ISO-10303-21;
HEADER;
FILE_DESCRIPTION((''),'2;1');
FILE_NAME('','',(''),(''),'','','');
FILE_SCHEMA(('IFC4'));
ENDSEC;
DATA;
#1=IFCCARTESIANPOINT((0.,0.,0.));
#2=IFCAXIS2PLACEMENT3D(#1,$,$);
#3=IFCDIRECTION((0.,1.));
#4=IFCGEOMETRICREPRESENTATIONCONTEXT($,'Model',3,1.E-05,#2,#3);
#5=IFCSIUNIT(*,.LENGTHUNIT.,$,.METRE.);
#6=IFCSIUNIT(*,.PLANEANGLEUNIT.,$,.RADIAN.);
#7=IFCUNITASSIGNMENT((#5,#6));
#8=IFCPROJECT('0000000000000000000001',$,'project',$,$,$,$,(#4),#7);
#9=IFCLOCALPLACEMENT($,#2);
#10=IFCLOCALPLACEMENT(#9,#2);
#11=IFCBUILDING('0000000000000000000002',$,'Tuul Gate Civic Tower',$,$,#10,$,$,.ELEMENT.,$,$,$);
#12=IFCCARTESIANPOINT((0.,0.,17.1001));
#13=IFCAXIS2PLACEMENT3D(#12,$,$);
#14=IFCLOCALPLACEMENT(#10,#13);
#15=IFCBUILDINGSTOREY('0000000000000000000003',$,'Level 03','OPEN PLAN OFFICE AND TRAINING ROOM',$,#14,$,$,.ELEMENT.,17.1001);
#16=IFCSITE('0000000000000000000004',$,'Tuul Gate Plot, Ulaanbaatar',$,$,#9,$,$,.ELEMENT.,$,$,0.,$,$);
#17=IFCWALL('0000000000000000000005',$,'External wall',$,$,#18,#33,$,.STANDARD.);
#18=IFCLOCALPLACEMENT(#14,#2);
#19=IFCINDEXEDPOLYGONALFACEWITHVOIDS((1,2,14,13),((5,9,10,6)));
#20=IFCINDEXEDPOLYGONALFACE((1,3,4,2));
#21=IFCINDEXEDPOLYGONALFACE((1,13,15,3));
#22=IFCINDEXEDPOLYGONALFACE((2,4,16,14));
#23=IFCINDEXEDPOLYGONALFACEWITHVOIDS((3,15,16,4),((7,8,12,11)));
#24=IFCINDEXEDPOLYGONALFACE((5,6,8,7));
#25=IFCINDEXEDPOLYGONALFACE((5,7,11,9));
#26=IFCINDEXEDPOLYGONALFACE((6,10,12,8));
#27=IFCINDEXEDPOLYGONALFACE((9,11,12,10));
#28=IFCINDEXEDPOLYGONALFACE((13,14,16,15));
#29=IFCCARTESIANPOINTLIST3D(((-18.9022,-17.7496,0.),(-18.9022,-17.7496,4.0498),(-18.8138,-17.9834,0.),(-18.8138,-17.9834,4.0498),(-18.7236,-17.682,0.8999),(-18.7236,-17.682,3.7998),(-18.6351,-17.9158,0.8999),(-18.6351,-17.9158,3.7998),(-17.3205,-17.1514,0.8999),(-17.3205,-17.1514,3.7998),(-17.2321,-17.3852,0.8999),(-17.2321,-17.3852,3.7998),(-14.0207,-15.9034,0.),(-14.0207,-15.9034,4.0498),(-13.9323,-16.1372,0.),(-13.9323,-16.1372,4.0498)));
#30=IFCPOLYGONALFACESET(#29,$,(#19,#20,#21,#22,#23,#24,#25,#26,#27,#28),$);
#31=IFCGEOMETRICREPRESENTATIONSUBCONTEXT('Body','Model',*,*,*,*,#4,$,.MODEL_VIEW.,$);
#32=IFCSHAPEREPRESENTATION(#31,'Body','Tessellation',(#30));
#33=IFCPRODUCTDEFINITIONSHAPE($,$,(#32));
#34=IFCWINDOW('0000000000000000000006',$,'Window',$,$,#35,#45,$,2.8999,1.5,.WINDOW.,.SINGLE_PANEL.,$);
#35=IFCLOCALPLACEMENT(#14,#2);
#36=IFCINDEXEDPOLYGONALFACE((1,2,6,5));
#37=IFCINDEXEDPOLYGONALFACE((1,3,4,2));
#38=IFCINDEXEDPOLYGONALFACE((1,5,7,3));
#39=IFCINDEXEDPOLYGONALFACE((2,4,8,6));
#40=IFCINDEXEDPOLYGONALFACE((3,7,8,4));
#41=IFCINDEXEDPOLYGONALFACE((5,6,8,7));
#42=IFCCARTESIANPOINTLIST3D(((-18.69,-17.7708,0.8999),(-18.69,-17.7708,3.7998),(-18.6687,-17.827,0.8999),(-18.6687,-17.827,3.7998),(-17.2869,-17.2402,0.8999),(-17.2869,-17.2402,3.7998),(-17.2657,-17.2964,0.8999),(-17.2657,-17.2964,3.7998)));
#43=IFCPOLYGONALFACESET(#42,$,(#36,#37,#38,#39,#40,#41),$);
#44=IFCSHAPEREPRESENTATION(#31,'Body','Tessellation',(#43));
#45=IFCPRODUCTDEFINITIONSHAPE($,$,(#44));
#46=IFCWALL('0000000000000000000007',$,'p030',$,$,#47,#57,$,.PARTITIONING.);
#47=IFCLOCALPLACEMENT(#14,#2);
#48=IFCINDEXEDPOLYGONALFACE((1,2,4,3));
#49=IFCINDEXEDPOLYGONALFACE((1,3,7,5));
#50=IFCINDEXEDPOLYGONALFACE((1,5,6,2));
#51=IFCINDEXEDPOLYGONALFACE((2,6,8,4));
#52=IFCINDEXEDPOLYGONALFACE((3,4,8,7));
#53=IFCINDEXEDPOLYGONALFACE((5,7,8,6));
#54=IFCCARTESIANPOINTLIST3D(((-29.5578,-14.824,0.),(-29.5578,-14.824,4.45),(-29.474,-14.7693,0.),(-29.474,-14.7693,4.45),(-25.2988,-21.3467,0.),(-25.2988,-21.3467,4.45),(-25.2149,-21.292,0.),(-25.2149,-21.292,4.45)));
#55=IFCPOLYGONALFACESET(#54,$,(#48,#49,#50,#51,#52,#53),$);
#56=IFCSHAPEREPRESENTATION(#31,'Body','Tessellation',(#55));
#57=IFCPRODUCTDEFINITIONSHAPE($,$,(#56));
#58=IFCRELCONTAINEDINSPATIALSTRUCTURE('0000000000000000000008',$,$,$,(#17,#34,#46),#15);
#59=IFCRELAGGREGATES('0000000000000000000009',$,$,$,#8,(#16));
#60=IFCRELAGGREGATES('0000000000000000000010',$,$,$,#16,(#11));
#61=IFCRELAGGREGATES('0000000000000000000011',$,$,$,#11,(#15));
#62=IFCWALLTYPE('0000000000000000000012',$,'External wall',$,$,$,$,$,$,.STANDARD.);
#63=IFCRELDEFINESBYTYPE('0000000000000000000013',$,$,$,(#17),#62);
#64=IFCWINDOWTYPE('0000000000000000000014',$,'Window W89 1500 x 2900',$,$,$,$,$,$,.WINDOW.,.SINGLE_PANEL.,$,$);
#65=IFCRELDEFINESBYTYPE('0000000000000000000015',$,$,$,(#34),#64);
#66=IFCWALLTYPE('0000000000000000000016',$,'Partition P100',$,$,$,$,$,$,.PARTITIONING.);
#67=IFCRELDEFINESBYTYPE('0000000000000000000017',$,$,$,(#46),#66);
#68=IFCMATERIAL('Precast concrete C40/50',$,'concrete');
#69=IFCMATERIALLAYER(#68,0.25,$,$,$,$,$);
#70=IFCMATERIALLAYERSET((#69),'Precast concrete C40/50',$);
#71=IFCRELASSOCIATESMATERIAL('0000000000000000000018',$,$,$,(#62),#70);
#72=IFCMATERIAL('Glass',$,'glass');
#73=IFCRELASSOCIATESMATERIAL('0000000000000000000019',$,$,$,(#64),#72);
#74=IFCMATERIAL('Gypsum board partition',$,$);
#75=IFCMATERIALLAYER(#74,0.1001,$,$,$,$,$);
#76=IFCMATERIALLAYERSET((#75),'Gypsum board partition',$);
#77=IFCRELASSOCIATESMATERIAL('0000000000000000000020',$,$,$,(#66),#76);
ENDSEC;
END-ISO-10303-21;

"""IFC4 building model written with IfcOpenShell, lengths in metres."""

from ifc_helpers import new_model, si_unit, direction, frame, frame_2d, origin, place, context, subcontext, project, spatial, rectangle, extrude, material, layer, layer_set, type_object, element, fill, save


model = new_model("IFC4")

# Units and contexts
model_context = context("Model", 3, precision=1e-05, world=origin(), true_north=direction((0.0, 1.0)))
body_context = subcontext(model_context, "Body", "Model", "MODEL_VIEW")
ifc_project = project(units=[si_unit("LENGTHUNIT", "METRE"), si_unit("PLANEANGLEUNIT", "RADIAN")], contexts=[model_context])

# Site, building, storey
site_placement = place(None, origin())
site = spatial("IfcSite", under=ifc_project, at=site_placement, Name="Tuul Gate Plot, Ulaanbaatar", CompositionType="ELEMENT", RefElevation=0.0)
building_placement = place(site_placement, origin())
building = spatial("IfcBuilding", under=site, at=building_placement, Name="Tuul Gate Civic Tower", CompositionType="ELEMENT")
storey_placement = place(building_placement, frame((0.0, 0.0, 17.1001)))
storey = spatial("IfcBuildingStorey", under=building, at=storey_placement, Name="Level 03", Description="OPEN PLAN OFFICE AND TRAINING ROOM", CompositionType="ELEMENT", Elevation=17.1001)

# Wall, opening, window
ifc_material_1 = material(Name="Precast concrete C40/50", Category="concrete")
ifc_layer_1 = layer(ifc_material_1, 0.25)
ifc_layer_set_1 = layer_set([ifc_layer_1], Name="Precast concrete C40/50")
wall_type_1 = type_object("IfcWallType", Name="External wall", PredefinedType="STANDARD", material=ifc_layer_set_1)
wall_1_placement = place(storey_placement, frame((-18.8579, -17.8665, 0.0), z_axis=(0.0, 0.0, 1.0), x_axis=(0.935343, 0.353742, 0.0)))
wall_1 = element("IfcWall", 1, at=wall_1_placement, inside=storey, type_object=wall_type_1, Name="External wall", PredefinedType="STANDARD", context=body_context, shape_type="SweptSolid", body=[
    extrude(rectangle(XDim=5.219, YDim=0.25, at=frame_2d((2.6094, 0.0))), origin(), (0.0, 0.0, 1.0), 4.0498),
])
opening_1_placement = place(wall_1_placement, frame((0.1909, 0.0, 0.8999)))
opening_1 = element("IfcOpeningElement", 2, at=opening_1_placement, cuts=wall_1, PredefinedType="OPENING", context=body_context, shape_type="SweptSolid", body=[
    extrude(rectangle(XDim=1.5, YDim=2.8999, at=frame_2d((0.75, 1.45))), frame((0.0, 0.135, 0.0), z_axis=(0.0, -1.0, 0.0), x_axis=(1.0, 0.0, 0.0)), (0.0, 0.0, 1.0), 0.27),
])
ifc_material_2 = material(Name="Glass", Category="glass")
window_type_1 = type_object("IfcWindowType", Name="Window W89 1500 x 2900", PartitioningType="SINGLE_PANEL", PredefinedType="WINDOW", material=ifc_material_2)
window_1_placement = place(opening_1_placement, origin())
window_1 = element("IfcWindow", 3, at=window_1_placement, inside=storey, type_object=window_type_1, Name="Window", OverallHeight=2.8999, OverallWidth=1.5, PartitioningType="SINGLE_PANEL", PredefinedType="WINDOW", context=body_context, shape_type="SweptSolid", body=[
    extrude(rectangle(XDim=1.5, YDim=2.8999, at=frame_2d((0.75, 1.45))), frame((0.0, 0.03, 0.0), z_axis=(0.0, -1.0, 0.0), x_axis=(1.0, 0.0, 0.0)), (0.0, 0.0, 1.0), 0.0601),
])
fill(opening_1, window_1)

# Wall
ifc_material_3 = material(Name="Gypsum board partition")
ifc_layer_2 = layer(ifc_material_3, 0.1001)
ifc_layer_set_2 = layer_set([ifc_layer_2], Name="Gypsum board partition")
wall_type_2 = type_object("IfcWallType", Name="Partition P100", PredefinedType="PARTITIONING", material=ifc_layer_set_2)
wall_2_placement = place(storey_placement, frame((-29.5159, -14.7966, 0.0), z_axis=(0.0, 0.0, 1.0), x_axis=(0.546727, -0.837311, 0.0)))
element("IfcWall", 4, at=wall_2_placement, inside=storey, type_object=wall_type_2, Name="p030", PredefinedType="PARTITIONING", context=body_context, shape_type="SweptSolid", body=[
    extrude(rectangle(XDim=7.79, YDim=0.1001, at=frame_2d((3.895, 0.0))), origin(), (0.0, 0.0, 1.0), 4.45),
])

save(model, "model.ifc")
